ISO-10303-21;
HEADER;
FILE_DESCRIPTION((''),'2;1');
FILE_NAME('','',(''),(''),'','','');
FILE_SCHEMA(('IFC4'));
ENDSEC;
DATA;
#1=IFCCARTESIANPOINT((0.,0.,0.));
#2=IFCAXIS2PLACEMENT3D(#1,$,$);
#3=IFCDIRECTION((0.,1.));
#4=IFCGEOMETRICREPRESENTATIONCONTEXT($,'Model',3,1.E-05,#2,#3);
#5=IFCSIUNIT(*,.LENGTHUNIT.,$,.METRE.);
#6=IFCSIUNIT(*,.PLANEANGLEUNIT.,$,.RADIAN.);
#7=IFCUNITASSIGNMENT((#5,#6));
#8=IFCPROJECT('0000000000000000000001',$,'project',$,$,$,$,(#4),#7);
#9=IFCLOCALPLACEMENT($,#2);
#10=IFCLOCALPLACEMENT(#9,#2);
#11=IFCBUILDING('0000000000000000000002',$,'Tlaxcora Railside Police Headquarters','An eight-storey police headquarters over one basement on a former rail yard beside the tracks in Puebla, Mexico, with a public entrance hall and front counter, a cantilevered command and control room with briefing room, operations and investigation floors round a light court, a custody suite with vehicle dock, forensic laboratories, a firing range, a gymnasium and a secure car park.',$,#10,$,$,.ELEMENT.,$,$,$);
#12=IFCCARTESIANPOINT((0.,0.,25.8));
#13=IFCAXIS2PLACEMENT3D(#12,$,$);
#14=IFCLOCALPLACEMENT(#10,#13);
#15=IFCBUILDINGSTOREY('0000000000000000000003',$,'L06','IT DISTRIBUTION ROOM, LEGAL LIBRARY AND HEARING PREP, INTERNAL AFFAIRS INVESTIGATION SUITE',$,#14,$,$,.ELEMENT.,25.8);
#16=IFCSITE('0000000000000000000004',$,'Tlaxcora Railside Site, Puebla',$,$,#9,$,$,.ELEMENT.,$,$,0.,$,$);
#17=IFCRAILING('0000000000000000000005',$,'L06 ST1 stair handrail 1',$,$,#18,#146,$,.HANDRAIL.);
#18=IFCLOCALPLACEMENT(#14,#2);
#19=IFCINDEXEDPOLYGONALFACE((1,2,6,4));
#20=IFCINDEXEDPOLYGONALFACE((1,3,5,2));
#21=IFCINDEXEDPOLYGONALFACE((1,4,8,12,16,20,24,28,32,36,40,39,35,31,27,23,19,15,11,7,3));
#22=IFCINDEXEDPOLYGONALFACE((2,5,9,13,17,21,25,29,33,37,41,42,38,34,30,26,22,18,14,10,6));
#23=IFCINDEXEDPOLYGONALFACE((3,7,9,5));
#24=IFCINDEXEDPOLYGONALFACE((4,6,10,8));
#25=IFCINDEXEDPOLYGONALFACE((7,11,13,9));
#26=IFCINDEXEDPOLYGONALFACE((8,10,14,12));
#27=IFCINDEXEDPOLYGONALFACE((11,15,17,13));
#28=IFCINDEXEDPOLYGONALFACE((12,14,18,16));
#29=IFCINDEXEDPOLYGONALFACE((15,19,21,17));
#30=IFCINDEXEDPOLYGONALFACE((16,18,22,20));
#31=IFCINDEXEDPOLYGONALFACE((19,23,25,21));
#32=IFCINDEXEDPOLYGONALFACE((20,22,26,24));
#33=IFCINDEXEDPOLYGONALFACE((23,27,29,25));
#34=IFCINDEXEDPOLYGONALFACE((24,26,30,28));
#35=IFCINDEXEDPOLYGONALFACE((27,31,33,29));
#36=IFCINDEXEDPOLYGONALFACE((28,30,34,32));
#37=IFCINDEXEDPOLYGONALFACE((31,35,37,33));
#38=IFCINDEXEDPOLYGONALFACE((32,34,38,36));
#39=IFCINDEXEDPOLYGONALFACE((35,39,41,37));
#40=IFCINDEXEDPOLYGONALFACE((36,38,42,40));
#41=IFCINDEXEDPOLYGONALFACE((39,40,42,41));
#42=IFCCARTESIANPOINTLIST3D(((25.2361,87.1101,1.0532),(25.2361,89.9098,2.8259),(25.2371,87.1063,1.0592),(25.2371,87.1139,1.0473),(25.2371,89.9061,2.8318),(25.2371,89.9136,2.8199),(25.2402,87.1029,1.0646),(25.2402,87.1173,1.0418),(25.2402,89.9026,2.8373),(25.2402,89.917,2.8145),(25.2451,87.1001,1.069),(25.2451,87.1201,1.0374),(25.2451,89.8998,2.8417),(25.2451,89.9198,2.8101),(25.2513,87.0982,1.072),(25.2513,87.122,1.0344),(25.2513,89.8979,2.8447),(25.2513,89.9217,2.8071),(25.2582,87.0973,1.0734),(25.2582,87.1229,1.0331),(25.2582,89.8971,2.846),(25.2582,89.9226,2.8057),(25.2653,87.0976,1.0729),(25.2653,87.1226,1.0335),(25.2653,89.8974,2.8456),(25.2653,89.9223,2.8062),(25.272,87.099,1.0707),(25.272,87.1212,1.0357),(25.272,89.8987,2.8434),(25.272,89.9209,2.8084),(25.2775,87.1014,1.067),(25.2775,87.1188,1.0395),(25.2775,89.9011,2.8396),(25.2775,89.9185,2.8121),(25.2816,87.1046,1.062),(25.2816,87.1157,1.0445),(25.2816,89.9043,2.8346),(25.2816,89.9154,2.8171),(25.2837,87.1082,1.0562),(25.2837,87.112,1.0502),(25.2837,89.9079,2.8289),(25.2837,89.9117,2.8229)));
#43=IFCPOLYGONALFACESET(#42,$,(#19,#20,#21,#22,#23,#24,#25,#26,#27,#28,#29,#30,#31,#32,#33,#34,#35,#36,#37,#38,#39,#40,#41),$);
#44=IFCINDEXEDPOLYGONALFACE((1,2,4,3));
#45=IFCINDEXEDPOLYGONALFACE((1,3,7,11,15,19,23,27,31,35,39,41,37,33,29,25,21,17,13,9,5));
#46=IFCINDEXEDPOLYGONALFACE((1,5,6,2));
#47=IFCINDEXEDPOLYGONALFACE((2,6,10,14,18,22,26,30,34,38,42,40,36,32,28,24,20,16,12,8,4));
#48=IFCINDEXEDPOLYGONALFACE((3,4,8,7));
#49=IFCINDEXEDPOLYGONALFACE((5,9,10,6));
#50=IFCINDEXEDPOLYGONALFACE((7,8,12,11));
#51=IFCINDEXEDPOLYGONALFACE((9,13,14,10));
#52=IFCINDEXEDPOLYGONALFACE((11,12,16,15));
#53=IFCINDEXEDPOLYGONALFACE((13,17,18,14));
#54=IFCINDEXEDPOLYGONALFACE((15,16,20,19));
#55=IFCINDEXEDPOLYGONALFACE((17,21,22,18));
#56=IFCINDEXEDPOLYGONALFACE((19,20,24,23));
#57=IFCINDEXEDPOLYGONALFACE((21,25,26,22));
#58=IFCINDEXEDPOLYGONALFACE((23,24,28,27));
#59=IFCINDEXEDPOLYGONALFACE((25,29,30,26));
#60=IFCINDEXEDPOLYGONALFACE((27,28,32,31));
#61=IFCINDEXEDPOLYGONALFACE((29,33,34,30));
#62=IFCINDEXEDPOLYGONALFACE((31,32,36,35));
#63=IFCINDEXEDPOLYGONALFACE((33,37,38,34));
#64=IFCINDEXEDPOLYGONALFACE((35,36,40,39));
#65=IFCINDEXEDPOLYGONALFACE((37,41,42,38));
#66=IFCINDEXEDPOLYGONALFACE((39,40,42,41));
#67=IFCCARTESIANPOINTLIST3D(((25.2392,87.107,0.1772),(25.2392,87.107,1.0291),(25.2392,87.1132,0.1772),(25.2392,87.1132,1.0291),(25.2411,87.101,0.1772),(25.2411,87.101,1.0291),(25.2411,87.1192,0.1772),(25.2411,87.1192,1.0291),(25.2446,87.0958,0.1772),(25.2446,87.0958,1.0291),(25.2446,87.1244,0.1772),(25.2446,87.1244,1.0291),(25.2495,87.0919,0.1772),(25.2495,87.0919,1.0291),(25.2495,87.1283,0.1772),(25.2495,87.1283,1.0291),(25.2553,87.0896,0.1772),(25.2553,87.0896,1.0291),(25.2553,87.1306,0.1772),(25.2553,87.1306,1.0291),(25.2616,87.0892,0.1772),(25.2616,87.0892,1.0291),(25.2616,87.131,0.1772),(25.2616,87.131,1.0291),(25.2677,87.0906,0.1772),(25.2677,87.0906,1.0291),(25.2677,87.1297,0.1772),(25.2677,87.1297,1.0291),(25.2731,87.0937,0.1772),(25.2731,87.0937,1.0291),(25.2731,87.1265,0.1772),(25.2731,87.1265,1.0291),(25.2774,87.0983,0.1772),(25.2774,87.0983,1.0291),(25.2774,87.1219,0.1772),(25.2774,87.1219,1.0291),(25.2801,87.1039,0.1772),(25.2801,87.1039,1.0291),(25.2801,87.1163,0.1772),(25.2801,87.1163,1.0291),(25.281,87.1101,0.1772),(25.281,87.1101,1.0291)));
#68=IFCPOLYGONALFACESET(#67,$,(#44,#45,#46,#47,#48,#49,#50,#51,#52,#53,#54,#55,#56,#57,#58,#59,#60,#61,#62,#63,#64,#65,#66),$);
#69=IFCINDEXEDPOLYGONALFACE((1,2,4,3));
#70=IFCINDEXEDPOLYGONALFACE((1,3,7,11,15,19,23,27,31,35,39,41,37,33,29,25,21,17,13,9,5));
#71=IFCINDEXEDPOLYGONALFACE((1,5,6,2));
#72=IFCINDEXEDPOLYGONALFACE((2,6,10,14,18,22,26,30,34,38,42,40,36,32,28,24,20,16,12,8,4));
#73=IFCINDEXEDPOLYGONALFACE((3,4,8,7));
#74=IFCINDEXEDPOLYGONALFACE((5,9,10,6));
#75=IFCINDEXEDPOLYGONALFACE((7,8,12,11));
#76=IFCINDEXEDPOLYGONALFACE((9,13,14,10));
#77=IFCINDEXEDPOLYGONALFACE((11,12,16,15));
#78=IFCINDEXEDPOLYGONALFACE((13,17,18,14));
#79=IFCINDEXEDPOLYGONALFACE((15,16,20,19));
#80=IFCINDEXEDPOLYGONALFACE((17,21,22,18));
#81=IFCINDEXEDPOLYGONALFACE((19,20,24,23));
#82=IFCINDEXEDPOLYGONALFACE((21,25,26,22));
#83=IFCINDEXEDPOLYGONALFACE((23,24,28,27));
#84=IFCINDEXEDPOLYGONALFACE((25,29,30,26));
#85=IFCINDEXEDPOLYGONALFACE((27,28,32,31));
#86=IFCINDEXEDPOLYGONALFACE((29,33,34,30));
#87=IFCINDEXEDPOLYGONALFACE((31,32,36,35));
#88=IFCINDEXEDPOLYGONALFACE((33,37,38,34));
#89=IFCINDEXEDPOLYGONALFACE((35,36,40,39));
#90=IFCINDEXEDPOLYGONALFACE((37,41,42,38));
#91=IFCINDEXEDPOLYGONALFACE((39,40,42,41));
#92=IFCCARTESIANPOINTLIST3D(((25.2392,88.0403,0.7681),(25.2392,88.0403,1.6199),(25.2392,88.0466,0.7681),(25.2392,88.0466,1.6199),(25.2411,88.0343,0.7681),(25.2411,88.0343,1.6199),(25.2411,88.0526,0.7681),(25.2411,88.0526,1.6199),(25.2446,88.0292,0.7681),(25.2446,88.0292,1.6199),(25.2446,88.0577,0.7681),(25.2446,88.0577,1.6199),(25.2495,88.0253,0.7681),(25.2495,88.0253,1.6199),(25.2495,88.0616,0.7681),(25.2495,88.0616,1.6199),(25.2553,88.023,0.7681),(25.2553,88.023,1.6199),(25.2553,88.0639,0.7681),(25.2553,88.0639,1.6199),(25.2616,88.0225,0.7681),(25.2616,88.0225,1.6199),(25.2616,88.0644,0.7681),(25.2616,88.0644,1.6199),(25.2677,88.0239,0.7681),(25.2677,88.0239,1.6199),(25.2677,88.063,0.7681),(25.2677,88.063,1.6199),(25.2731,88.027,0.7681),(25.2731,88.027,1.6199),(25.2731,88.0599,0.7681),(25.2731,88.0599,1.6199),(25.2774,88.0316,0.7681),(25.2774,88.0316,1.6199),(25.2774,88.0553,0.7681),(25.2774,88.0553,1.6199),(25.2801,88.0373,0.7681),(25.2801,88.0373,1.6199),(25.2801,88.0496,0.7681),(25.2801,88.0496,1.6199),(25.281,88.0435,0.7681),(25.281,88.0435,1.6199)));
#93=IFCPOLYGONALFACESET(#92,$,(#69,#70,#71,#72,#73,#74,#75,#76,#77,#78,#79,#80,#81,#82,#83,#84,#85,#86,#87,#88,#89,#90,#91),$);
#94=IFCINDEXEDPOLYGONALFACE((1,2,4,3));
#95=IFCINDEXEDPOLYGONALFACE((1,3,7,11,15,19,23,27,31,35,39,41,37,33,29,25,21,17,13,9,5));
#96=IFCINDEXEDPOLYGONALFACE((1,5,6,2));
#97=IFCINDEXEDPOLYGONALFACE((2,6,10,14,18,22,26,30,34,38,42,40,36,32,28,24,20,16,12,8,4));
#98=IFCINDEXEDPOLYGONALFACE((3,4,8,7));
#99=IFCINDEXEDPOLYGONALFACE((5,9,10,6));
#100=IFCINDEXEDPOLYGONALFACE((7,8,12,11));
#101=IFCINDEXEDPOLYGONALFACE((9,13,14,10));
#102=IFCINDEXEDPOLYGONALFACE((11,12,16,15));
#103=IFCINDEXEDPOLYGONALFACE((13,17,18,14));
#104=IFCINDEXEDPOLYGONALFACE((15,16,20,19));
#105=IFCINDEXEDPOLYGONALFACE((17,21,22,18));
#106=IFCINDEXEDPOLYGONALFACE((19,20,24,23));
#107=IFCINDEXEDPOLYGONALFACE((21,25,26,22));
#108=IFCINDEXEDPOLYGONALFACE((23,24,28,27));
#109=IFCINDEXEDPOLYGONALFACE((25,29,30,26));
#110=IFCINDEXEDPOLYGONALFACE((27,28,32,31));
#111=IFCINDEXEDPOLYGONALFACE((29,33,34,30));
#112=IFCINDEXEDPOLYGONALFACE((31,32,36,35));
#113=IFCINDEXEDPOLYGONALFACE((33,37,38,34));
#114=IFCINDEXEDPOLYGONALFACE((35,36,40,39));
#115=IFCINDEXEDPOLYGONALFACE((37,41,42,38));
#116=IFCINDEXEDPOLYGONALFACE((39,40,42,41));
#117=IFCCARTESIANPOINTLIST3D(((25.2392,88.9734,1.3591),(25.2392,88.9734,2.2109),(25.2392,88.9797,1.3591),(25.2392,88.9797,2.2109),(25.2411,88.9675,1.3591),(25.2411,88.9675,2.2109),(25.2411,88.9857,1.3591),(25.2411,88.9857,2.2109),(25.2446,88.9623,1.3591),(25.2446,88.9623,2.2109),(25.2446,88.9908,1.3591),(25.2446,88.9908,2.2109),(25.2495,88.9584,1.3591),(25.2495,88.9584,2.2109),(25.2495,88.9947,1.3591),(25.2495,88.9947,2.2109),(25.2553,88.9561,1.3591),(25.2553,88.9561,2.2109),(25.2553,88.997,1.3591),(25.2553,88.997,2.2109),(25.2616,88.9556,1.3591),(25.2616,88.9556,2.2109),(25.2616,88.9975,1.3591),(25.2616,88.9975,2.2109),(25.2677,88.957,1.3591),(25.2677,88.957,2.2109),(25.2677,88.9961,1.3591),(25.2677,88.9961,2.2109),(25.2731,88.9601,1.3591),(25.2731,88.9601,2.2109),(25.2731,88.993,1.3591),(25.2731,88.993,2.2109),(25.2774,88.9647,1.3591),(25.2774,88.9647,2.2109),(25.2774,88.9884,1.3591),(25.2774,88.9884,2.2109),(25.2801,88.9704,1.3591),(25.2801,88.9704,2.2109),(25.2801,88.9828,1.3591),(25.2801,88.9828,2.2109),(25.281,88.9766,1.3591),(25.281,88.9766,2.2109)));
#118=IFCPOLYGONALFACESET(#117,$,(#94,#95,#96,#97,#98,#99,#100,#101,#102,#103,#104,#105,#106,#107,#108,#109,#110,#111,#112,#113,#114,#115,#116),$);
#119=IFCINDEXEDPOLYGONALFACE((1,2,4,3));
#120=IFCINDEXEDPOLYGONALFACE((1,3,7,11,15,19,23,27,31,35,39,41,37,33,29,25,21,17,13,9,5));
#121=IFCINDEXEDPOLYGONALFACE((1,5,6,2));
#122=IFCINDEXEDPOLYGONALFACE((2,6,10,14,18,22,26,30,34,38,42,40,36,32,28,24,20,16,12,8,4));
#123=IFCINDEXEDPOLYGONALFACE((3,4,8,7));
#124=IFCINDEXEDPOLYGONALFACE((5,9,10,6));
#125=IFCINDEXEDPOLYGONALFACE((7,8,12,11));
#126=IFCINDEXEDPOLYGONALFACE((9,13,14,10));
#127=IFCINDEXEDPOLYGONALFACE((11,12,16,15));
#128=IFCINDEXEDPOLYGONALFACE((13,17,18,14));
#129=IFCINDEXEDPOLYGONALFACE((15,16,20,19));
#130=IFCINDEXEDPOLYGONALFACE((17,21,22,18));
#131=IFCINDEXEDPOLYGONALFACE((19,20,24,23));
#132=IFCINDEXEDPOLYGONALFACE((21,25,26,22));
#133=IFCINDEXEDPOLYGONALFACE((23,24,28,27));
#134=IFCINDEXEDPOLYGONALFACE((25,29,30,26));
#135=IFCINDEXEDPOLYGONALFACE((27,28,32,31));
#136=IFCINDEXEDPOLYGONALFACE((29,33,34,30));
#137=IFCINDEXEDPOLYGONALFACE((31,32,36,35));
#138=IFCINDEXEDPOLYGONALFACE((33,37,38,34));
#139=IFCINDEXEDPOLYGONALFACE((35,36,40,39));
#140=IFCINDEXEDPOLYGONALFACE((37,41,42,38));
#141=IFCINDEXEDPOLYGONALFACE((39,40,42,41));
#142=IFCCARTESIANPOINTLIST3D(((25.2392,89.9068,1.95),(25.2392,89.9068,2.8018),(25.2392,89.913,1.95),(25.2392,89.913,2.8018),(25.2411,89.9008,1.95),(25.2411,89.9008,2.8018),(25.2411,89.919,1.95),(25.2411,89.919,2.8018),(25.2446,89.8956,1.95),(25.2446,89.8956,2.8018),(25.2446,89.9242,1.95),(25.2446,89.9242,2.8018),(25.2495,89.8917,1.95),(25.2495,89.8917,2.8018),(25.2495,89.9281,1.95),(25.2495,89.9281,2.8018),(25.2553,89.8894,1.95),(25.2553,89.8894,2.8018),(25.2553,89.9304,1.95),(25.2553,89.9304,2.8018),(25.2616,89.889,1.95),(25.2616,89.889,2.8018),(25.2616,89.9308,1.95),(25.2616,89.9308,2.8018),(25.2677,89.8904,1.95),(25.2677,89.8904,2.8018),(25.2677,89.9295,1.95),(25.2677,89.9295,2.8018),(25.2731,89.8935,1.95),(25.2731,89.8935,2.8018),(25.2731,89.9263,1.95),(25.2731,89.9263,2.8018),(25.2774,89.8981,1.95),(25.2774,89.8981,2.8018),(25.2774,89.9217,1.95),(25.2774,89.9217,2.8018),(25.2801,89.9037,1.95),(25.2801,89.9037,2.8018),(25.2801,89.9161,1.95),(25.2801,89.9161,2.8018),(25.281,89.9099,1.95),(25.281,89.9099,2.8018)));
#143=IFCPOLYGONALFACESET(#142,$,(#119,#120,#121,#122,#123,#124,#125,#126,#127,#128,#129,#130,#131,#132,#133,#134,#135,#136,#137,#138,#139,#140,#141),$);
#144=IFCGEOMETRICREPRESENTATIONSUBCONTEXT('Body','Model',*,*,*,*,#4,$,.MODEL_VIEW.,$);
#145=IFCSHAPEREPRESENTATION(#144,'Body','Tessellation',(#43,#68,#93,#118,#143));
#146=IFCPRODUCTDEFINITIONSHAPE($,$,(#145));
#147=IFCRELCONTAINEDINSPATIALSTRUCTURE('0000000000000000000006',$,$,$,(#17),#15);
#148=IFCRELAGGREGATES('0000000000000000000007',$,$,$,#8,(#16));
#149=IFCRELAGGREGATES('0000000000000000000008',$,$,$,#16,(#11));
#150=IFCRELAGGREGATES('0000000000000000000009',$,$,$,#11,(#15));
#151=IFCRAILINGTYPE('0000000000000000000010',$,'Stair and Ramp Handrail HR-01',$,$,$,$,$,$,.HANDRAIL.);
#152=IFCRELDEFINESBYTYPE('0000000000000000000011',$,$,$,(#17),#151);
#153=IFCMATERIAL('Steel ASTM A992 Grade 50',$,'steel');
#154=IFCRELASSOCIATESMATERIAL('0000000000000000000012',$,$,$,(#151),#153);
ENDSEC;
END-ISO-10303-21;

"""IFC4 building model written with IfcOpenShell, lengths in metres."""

from ifc_helpers import new_model, si_unit, direction, frame, origin, origin_2d, place, context, subcontext, project, spatial, circle, extrude, material, type_object, element, save


model = new_model("IFC4")

# Units and contexts
model_context = context("Model", 3, precision=1e-05, world=origin(), true_north=direction((0.0, 1.0)))
body_context = subcontext(model_context, "Body", "Model", "MODEL_VIEW")
ifc_project = project(units=[si_unit("LENGTHUNIT", "METRE"), si_unit("PLANEANGLEUNIT", "RADIAN")], contexts=[model_context])

# Site, building, storey
site_placement = place(None, origin())
site = spatial("IfcSite", under=ifc_project, at=site_placement, Name="Tlaxcora Railside Site, Puebla", CompositionType="ELEMENT", RefElevation=0.0)
building_placement = place(site_placement, origin())
building = spatial("IfcBuilding", under=site, at=building_placement, Name="Tlaxcora Railside Police Headquarters", Description="An eight-storey police headquarters over one basement on a former rail yard beside the tracks in Puebla, Mexico, with a public entrance hall and front counter, a cantilevered command and control room with briefing room, operations and investigation floors round a light court, a custody suite with vehicle dock, forensic laboratories, a firing range, a gymnasium and a secure car park.", CompositionType="ELEMENT")
storey_placement = place(building_placement, frame((0.0, 0.0, 25.8)))
storey = spatial("IfcBuildingStorey", under=building, at=storey_placement, Name="L06", Description="IT DISTRIBUTION ROOM, LEGAL LIBRARY AND HEARING PREP, INTERNAL AFFAIRS INVESTIGATION SUITE", CompositionType="ELEMENT", Elevation=25.8)

# Shared definitions
ifc_material_1 = material(Name="Steel ASTM A992 Grade 50", Category="steel")

# Railing
railing_type_1 = type_object("IfcRailingType", Name="Stair and Ramp Handrail HR-01", PredefinedType="HANDRAIL", material=ifc_material_1)
railing_1_placement = place(storey_placement, frame((25.26, 87.1101, 0.1772)))
element("IfcRailing", 1, at=railing_1_placement, inside=storey, type_object=railing_type_1, Name="L06 ST1 stair handrail 1", PredefinedType="HANDRAIL", context=body_context, shape_type="SweptSolid", body=[
    extrude(circle(Radius=0.0239, at=origin_2d()), frame((0.0, 0.0, 0.876), z_axis=(0.0, 0.844888, 0.534943), x_axis=(-1.0, 0.0, 0.0)), (0.0, 0.0, 1.0), 3.3137),
    extrude(circle(Radius=0.021, at=origin_2d()), origin(), (0.0, 0.0, 1.0), 0.8518),
    extrude(circle(Radius=0.021, at=origin_2d()), frame((0.0, 0.9333, 0.5908)), (0.0, 0.0, 1.0), 0.8518),
    extrude(circle(Radius=0.021, at=origin_2d()), frame((0.0, 1.8665, 1.1819)), (0.0, 0.0, 1.0), 0.8518),
    extrude(circle(Radius=0.021, at=origin_2d()), frame((0.0, 2.7998, 1.7727)), (0.0, 0.0, 1.0), 0.8518),
])

save(model, "model.ifc")
